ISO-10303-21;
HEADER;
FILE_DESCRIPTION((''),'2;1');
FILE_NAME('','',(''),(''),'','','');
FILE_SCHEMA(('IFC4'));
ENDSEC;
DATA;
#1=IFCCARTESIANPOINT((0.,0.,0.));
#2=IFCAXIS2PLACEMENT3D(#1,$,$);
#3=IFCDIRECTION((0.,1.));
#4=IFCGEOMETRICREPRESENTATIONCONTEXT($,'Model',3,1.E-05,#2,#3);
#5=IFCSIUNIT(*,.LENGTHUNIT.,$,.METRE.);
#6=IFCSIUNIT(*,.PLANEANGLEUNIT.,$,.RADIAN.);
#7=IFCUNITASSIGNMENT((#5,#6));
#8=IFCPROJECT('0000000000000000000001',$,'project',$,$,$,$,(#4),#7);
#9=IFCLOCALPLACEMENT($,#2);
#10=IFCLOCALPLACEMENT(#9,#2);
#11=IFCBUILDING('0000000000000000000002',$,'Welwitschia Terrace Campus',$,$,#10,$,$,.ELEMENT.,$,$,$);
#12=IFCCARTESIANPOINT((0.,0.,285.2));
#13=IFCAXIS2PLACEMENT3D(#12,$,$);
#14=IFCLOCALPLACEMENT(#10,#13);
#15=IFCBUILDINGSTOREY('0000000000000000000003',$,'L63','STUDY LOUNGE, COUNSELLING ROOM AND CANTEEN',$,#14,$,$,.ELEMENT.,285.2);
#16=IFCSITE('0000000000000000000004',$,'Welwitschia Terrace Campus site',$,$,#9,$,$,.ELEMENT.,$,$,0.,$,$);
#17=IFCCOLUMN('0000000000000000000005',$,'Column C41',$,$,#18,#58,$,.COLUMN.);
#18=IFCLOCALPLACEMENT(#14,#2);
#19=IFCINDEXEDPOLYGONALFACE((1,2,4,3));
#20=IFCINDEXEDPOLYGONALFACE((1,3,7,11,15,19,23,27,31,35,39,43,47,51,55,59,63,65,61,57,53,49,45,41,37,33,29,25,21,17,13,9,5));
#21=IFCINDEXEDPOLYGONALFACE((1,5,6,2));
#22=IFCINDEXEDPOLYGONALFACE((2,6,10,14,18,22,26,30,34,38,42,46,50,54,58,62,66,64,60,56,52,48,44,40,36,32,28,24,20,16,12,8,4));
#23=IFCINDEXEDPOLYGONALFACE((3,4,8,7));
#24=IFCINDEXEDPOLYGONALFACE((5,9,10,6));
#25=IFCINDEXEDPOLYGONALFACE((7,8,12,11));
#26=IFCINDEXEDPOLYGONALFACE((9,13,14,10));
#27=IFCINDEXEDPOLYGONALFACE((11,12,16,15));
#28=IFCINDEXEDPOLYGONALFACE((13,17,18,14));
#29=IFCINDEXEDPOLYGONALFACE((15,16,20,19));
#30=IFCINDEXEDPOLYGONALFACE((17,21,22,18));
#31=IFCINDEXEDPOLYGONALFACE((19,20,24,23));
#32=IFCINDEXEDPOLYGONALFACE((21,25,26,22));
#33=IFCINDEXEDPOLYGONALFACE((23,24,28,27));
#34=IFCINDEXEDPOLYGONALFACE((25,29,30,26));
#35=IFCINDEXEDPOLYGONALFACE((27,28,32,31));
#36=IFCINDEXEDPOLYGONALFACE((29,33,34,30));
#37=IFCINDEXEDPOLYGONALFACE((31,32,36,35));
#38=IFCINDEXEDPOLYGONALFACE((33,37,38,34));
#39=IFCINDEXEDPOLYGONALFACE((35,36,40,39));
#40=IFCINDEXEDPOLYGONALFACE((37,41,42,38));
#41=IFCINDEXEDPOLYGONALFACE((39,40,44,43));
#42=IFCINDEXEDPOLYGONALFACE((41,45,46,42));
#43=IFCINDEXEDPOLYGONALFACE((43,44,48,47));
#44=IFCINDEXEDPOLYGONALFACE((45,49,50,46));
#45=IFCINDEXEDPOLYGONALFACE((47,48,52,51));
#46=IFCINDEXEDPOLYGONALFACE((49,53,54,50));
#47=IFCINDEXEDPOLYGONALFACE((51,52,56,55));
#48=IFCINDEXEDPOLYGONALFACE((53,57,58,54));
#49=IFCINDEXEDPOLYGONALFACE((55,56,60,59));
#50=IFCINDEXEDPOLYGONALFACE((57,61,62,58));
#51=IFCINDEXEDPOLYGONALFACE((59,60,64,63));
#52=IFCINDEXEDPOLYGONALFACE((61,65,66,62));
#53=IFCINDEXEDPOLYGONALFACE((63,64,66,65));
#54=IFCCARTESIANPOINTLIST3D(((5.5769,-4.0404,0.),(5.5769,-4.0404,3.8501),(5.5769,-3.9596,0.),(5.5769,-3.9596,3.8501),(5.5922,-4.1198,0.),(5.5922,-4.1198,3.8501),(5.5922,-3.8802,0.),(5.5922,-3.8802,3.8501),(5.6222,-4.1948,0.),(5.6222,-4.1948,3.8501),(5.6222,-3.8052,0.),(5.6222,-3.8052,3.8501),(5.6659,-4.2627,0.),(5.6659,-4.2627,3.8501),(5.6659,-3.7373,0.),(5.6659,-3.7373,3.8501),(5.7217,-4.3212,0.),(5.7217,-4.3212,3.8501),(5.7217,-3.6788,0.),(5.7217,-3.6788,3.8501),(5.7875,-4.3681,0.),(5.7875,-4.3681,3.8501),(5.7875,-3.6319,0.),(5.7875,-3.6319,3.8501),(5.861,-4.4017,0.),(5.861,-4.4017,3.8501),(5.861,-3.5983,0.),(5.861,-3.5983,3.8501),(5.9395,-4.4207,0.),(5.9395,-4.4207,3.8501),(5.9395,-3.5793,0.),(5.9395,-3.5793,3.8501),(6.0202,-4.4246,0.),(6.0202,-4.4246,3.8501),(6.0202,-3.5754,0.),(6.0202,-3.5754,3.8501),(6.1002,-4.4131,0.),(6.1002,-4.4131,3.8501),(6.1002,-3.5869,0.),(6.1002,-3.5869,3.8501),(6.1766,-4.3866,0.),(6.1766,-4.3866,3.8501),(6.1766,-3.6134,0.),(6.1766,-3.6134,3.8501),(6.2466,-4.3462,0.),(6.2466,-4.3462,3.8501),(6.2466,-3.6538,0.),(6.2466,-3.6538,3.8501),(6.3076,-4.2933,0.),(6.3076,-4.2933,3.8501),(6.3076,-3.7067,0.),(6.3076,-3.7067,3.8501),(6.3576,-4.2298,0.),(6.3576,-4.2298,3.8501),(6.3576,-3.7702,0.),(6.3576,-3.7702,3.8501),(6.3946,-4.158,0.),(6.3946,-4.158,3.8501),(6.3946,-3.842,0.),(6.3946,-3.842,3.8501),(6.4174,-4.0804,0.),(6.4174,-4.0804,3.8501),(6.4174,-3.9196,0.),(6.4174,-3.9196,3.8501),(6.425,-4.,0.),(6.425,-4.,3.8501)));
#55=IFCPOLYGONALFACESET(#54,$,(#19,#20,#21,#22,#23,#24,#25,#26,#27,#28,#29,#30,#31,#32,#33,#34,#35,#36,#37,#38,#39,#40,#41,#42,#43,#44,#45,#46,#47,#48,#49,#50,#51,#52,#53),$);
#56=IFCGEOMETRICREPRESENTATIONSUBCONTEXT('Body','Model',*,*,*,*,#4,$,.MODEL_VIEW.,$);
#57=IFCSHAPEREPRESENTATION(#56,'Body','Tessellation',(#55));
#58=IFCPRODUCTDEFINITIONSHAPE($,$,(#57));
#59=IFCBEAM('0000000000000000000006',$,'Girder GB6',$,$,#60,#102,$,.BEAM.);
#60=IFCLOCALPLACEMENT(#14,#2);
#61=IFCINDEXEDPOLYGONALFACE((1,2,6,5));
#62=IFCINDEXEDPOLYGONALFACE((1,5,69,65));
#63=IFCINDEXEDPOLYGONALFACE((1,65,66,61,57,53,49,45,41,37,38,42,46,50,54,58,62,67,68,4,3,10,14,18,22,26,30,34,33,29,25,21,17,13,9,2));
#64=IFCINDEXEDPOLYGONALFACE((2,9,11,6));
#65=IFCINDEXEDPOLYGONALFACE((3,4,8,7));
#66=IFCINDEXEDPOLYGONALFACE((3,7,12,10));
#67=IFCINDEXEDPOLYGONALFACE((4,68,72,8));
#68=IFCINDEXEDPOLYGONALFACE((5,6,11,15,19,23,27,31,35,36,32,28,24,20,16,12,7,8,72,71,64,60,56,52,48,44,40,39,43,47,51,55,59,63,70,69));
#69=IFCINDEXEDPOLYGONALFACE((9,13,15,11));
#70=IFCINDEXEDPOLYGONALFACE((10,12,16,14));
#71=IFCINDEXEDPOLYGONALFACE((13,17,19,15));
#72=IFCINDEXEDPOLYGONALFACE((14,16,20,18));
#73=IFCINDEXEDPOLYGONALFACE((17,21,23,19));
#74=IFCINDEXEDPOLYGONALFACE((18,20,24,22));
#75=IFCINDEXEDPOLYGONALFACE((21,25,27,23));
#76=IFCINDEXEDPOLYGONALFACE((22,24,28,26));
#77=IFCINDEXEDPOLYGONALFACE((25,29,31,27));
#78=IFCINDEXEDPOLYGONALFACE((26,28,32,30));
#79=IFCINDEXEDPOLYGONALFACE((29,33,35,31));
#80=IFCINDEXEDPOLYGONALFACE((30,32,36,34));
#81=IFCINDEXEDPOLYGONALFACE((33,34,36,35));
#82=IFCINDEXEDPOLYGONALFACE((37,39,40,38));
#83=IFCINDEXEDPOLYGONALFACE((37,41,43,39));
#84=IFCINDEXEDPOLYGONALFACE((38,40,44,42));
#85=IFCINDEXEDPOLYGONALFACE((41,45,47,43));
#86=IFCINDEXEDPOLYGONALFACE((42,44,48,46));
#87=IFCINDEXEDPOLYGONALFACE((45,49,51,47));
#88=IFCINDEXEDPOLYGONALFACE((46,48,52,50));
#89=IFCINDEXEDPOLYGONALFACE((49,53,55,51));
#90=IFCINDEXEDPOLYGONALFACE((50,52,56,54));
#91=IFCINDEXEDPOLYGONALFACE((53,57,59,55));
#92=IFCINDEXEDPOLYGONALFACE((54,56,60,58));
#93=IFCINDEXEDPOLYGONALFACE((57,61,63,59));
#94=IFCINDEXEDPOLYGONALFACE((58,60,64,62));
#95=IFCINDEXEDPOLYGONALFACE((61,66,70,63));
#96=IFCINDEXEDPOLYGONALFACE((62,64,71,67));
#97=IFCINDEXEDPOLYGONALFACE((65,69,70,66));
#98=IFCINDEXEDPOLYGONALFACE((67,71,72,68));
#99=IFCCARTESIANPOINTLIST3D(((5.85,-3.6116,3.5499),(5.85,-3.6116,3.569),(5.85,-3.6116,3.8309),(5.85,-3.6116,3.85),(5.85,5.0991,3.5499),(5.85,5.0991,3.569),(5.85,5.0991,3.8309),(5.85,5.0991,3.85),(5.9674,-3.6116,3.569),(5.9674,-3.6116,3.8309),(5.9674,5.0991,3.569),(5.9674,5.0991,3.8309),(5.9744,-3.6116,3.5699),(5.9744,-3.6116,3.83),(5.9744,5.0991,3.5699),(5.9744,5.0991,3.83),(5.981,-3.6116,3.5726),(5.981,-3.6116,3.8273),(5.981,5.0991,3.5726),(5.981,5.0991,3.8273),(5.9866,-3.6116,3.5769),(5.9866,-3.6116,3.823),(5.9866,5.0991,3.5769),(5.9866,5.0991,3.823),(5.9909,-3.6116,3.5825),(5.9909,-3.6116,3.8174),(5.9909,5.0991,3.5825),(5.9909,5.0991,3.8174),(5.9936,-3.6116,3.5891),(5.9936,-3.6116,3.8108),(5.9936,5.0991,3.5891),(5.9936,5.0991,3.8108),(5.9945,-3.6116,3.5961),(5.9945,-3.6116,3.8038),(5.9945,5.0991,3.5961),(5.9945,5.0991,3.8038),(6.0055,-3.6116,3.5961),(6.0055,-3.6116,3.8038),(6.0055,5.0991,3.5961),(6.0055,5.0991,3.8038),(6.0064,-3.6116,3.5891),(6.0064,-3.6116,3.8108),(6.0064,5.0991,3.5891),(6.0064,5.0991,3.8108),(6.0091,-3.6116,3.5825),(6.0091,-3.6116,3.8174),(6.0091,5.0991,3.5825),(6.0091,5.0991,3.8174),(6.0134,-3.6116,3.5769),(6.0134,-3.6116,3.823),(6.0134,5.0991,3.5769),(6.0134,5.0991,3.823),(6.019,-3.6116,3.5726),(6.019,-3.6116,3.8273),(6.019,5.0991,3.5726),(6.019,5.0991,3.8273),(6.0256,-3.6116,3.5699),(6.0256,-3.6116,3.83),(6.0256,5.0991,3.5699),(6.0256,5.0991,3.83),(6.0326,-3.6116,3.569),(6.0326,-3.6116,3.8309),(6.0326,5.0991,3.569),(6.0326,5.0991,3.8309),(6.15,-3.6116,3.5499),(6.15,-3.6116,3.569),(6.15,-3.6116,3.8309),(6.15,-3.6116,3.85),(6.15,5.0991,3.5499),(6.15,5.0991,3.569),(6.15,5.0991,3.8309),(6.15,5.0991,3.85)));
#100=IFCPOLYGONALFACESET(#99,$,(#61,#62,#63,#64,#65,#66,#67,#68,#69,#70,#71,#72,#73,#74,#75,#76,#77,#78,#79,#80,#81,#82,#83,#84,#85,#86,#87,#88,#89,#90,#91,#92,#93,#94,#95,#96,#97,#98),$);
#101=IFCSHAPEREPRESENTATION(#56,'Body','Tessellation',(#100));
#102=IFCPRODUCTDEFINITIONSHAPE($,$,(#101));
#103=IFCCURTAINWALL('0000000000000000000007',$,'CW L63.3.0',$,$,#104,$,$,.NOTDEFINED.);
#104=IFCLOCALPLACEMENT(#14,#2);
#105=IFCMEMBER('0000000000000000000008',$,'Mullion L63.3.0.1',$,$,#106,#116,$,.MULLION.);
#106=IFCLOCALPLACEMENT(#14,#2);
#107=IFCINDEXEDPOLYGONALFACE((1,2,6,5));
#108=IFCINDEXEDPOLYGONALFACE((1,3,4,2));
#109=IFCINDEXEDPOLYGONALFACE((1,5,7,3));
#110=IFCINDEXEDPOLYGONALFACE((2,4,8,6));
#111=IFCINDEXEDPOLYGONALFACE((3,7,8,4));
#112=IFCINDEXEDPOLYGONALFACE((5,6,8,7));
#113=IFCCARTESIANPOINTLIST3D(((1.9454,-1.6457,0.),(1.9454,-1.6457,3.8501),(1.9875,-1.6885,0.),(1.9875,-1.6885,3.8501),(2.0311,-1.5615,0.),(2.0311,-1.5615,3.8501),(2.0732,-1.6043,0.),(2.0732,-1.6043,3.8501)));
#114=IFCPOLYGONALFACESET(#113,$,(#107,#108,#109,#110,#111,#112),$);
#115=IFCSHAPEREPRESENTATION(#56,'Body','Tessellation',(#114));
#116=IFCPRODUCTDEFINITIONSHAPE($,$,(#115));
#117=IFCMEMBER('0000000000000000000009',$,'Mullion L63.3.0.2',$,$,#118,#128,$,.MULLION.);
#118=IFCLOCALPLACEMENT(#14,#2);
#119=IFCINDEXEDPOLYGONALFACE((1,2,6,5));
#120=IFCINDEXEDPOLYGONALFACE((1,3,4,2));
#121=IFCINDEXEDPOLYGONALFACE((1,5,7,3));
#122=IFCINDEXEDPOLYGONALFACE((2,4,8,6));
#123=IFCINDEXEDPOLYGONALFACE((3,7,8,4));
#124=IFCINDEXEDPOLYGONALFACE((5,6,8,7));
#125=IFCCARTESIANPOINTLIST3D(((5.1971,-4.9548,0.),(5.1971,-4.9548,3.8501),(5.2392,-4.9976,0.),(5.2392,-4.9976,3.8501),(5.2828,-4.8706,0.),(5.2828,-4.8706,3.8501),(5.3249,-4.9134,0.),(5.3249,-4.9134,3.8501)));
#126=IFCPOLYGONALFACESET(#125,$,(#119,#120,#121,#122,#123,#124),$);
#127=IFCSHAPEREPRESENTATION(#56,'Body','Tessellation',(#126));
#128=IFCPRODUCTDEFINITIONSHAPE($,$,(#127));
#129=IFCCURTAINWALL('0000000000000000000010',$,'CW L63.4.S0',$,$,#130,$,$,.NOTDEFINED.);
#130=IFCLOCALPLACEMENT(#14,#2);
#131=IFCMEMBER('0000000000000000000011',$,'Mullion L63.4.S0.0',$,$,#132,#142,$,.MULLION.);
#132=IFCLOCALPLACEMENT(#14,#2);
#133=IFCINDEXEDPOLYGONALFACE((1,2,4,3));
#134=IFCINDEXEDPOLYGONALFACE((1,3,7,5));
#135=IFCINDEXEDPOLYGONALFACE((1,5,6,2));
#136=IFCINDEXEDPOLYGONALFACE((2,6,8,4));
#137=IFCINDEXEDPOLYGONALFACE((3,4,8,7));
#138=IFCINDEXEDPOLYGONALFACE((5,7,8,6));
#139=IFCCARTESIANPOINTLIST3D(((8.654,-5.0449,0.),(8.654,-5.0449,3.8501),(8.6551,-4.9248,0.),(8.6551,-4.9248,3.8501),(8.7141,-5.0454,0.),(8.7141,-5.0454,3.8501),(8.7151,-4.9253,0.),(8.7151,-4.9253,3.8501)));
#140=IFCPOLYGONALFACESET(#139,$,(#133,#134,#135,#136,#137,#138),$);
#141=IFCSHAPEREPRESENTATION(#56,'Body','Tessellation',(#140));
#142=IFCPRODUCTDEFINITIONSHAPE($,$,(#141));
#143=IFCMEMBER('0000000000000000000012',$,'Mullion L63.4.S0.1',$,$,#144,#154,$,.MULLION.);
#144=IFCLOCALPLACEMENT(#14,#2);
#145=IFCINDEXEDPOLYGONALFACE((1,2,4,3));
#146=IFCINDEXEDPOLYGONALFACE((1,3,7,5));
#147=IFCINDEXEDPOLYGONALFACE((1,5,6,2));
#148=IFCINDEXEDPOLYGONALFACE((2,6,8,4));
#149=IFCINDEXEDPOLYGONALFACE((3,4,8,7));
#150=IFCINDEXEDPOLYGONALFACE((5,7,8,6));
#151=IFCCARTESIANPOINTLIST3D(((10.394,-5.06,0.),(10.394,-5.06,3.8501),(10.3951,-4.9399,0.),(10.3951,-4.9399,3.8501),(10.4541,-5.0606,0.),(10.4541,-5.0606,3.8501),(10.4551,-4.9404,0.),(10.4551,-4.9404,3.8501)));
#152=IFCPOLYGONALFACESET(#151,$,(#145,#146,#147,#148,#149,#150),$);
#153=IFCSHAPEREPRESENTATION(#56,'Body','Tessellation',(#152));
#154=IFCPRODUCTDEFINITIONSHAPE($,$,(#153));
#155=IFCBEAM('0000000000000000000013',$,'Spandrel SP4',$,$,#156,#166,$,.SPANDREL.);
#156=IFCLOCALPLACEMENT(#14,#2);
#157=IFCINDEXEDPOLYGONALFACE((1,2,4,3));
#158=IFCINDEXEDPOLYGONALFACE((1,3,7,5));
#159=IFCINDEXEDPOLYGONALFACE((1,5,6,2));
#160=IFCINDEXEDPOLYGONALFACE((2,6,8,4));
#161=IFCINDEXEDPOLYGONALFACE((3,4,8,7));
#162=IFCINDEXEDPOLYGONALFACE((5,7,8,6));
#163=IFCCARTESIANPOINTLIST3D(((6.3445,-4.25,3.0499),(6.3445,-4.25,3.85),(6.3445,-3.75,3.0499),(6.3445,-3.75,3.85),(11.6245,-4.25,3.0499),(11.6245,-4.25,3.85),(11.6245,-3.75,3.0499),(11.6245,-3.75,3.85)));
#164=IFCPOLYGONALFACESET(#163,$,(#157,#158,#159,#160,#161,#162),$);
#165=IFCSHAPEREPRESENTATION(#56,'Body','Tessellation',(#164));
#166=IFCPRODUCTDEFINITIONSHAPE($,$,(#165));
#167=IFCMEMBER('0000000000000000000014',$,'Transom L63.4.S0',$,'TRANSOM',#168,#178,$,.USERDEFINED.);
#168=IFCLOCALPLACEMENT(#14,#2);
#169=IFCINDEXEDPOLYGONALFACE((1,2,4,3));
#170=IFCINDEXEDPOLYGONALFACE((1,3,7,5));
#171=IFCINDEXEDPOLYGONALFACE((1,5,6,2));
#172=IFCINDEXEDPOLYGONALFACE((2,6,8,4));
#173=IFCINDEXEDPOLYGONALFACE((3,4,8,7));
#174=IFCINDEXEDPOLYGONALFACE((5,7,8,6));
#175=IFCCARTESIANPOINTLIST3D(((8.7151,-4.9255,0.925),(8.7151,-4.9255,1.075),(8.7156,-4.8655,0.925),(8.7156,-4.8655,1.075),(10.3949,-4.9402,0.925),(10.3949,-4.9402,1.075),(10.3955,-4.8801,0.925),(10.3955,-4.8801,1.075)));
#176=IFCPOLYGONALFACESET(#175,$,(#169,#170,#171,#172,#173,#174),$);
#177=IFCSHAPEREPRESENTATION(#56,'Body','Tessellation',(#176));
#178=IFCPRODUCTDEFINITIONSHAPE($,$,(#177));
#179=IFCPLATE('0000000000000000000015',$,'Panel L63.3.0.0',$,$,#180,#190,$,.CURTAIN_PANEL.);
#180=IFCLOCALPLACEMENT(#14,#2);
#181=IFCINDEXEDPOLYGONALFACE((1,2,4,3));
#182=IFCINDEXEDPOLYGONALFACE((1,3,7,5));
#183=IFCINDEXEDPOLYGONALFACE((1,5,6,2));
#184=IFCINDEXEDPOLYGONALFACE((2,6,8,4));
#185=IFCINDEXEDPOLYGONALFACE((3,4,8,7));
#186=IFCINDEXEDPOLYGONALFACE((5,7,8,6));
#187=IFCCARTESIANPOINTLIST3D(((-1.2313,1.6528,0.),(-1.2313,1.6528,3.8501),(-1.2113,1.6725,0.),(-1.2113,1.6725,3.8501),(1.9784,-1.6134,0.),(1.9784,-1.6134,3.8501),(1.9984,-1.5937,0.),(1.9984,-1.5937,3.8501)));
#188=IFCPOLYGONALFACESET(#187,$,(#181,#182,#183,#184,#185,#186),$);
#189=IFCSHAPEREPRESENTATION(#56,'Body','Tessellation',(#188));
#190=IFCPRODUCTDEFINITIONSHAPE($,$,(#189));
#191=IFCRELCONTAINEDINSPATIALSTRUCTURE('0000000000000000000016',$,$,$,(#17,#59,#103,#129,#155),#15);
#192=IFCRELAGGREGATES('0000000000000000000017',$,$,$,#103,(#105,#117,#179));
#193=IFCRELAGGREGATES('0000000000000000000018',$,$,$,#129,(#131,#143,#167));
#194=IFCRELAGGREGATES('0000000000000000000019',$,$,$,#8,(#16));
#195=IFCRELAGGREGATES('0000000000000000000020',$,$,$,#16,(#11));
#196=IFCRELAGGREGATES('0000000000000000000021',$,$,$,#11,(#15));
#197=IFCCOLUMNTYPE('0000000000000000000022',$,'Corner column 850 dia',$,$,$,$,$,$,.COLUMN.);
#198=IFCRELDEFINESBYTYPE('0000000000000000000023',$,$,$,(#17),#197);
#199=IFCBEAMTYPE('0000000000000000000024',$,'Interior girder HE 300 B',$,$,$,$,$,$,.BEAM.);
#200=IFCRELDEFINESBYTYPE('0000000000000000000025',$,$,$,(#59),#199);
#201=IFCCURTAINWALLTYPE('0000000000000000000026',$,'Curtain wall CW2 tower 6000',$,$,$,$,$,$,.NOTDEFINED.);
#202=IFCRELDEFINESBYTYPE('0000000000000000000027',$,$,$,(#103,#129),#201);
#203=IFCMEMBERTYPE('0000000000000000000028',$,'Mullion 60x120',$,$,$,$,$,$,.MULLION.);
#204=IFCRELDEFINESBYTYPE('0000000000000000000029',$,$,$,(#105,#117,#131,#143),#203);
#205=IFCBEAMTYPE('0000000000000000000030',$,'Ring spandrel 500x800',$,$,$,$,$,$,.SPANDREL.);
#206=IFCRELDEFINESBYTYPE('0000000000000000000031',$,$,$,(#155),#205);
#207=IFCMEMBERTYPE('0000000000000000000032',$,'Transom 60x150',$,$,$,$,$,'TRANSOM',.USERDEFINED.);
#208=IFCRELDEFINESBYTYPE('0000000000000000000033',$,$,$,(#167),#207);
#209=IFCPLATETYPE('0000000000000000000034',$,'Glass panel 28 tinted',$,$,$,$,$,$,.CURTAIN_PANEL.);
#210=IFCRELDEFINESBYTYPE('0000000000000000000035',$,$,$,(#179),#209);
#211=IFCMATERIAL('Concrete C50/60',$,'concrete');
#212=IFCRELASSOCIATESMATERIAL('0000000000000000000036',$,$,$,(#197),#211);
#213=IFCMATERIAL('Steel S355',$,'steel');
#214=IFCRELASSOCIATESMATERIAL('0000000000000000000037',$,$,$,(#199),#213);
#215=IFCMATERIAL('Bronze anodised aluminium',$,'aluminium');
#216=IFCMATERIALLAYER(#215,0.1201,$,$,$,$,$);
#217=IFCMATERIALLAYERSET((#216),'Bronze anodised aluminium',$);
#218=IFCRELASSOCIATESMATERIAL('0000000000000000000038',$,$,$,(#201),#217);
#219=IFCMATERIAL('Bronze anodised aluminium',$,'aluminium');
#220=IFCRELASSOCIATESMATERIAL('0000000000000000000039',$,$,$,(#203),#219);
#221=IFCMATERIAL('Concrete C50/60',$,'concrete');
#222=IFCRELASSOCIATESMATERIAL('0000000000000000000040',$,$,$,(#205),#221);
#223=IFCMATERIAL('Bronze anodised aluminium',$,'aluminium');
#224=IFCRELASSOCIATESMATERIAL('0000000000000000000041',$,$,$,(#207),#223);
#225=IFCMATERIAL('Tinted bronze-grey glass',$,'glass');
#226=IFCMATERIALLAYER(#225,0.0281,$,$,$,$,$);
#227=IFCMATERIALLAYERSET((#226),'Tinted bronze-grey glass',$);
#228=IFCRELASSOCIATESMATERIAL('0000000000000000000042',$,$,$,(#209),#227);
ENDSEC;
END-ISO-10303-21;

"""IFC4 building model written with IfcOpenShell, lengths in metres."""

from ifc_helpers import new_model, si_unit, direction, frame, origin, origin_2d, place, context, subcontext, project, spatial, rectangle, circle, i_section, extrude, material, layer, layer_set, material_profile, profile_set, type_object, element, aggregate, save


model = new_model("IFC4")

# Units and contexts
model_context = context("Model", 3, precision=1e-05, world=origin(), true_north=direction((0.0, 1.0)))
body_context = subcontext(model_context, "Body", "Model", "MODEL_VIEW")
ifc_project = project(units=[si_unit("LENGTHUNIT", "METRE"), si_unit("PLANEANGLEUNIT", "RADIAN")], contexts=[model_context])

# Site, building, storey
site_placement = place(None, origin())
site = spatial("IfcSite", under=ifc_project, at=site_placement, Name="Welwitschia Terrace Campus site", CompositionType="ELEMENT", RefElevation=0.0)
building_placement = place(site_placement, origin())
building = spatial("IfcBuilding", under=site, at=building_placement, Name="Welwitschia Terrace Campus", CompositionType="ELEMENT")
storey_placement = place(building_placement, frame((0.0, 0.0, 285.2)))
storey = spatial("IfcBuildingStorey", under=building, at=storey_placement, Name="L63", Description="STUDY LOUNGE, COUNSELLING ROOM AND CANTEEN", CompositionType="ELEMENT", Elevation=285.2)

# Column
ifc_material_1 = material(Name="Concrete C50/60", Category="concrete")
ifc_material_profile_1 = material_profile(ifc_material_1, circle(Radius=0.425, at=origin_2d()))
ifc_profile_set_1 = profile_set([ifc_material_profile_1], Name="Concrete C50/60")
column_type = type_object("IfcColumnType", Name="Corner column 850 dia", PredefinedType="COLUMN", material=ifc_profile_set_1)
column_placement = place(storey_placement, frame((6.0, -4.0, 0.0), z_axis=(0.0, 0.0, 1.0), x_axis=(1.0, 0.0, 0.0)))
element("IfcColumn", 1, at=column_placement, inside=storey, type_object=column_type, Name="Column C41", PredefinedType="COLUMN", context=body_context, shape_type="SweptSolid", body=[
    extrude(circle(Radius=0.425, at=origin_2d()), origin(), (0.0, 0.0, 1.0), 3.8501),
])

# Beam
ifc_material_2 = material(Name="Steel S355", Category="steel")
ifc_material_profile_2 = material_profile(ifc_material_2, i_section(OverallWidth=0.3, OverallDepth=0.3, WebThickness=0.011, FlangeThickness=0.019, FilletRadius=0.0271, at=origin_2d()))
ifc_profile_set_2 = profile_set([ifc_material_profile_2], Name="Steel S355")
beam_type_1 = type_object("IfcBeamType", Name="Interior girder HE 300 B", PredefinedType="BEAM", material=ifc_profile_set_2)
beam_1_placement = place(storey_placement, frame((6.0, -3.6116, 3.7), z_axis=(0.0, 1.0, 0.0), x_axis=(-1.0, 0.0, 0.0)))
element("IfcBeam", 2, at=beam_1_placement, inside=storey, type_object=beam_type_1, Name="Girder GB6", PredefinedType="BEAM", context=body_context, shape_type="SweptSolid", body=[
    extrude(i_section(OverallWidth=0.3, OverallDepth=0.3, WebThickness=0.011, FlangeThickness=0.019, FilletRadius=0.0271, at=origin_2d()), origin(), (0.0, 0.0, 1.0), 8.7107),
])

# Curtain walls, members
ifc_material_3 = material(Name="Bronze anodised aluminium", Category="aluminium")
ifc_layer_1 = layer(ifc_material_3, 0.1201)
ifc_layer_set_1 = layer_set([ifc_layer_1], Name="Bronze anodised aluminium")
curtain_wall_type = type_object("IfcCurtainWallType", Name="Curtain wall CW2 tower 6000", PredefinedType="NOTDEFINED", material=ifc_layer_set_1)
curtain_wall_1_placement = place(storey_placement, origin())
curtain_wall_1 = element("IfcCurtainWall", 3, at=curtain_wall_1_placement, inside=storey, type_object=curtain_wall_type, Name="CW L63.3.0", PredefinedType="NOTDEFINED")
ifc_material_4 = material(Name="Bronze anodised aluminium", Category="aluminium")
ifc_material_profile_3 = material_profile(ifc_material_4, rectangle(XDim=0.1201, YDim=0.0601, at=origin_2d()))
ifc_profile_set_3 = profile_set([ifc_material_profile_3], Name="Bronze anodised aluminium")
member_type_1 = type_object("IfcMemberType", Name="Mullion 60x120", PredefinedType="MULLION", material=ifc_profile_set_3)
member_1_placement = place(storey_placement, frame((2.0093, -1.625, 0.0), z_axis=(0.0, 0.0, 1.0), x_axis=(0.71325, 0.700909, 0.0)))
member_1 = element("IfcMember", 4, at=member_1_placement, type_object=member_type_1, Name="Mullion L63.3.0.1", PredefinedType="MULLION", context=body_context, shape_type="SweptSolid", body=[
    extrude(rectangle(XDim=0.1201, YDim=0.0601, at=origin_2d()), origin(), (0.0, 0.0, 1.0), 3.8501),
])
member_2_placement = place(storey_placement, frame((5.261, -4.9341, 0.0), z_axis=(0.0, 0.0, 1.0), x_axis=(0.71325, 0.700909, 0.0)))
member_2 = element("IfcMember", 5, at=member_2_placement, type_object=member_type_1, Name="Mullion L63.3.0.2", PredefinedType="MULLION", context=body_context, shape_type="SweptSolid", body=[
    extrude(rectangle(XDim=0.1201, YDim=0.0601, at=origin_2d()), origin(), (0.0, 0.0, 1.0), 3.8501),
])
curtain_wall_2_placement = place(storey_placement, origin())
curtain_wall_2 = element("IfcCurtainWall", 6, at=curtain_wall_2_placement, inside=storey, type_object=curtain_wall_type, Name="CW L63.4.S0", PredefinedType="NOTDEFINED")
member_3_placement = place(storey_placement, frame((8.6846, -4.9851, 0.0), z_axis=(0.0, 0.0, 1.0), x_axis=(0.008727, 0.999962, 0.0)))
member_3 = element("IfcMember", 7, at=member_3_placement, type_object=member_type_1, Name="Mullion L63.4.S0.0", PredefinedType="MULLION", context=body_context, shape_type="SweptSolid", body=[
    extrude(rectangle(XDim=0.1201, YDim=0.0601, at=origin_2d()), origin(), (0.0, 0.0, 1.0), 3.8501),
])
member_4_placement = place(storey_placement, frame((10.4246, -5.0002, 0.0), z_axis=(0.0, 0.0, 1.0), x_axis=(0.008727, 0.999962, 0.0)))
member_4 = element("IfcMember", 8, at=member_4_placement, type_object=member_type_1, Name="Mullion L63.4.S0.1", PredefinedType="MULLION", context=body_context, shape_type="SweptSolid", body=[
    extrude(rectangle(XDim=0.1201, YDim=0.0601, at=origin_2d()), origin(), (0.0, 0.0, 1.0), 3.8501),
])

# Beam
ifc_material_5 = material(Name="Concrete C50/60", Category="concrete")
ifc_material_profile_4 = material_profile(ifc_material_5, rectangle(XDim=0.5, YDim=0.8, at=origin_2d()))
ifc_profile_set_4 = profile_set([ifc_material_profile_4], Name="Concrete C50/60")
beam_type_2 = type_object("IfcBeamType", Name="Ring spandrel 500x800", PredefinedType="SPANDREL", material=ifc_profile_set_4)
beam_2_placement = place(storey_placement, frame((6.3445, -4.0, 3.45), z_axis=(1.0, 0.0, 0.0), x_axis=(0.0, 1.0, 0.0)))
element("IfcBeam", 9, at=beam_2_placement, inside=storey, type_object=beam_type_2, Name="Spandrel SP4", PredefinedType="SPANDREL", context=body_context, shape_type="SweptSolid", body=[
    extrude(rectangle(XDim=0.5, YDim=0.8, at=origin_2d()), origin(), (0.0, 0.0, 1.0), 5.28),
])

# Member
ifc_material_6 = material(Name="Bronze anodised aluminium", Category="aluminium")
ifc_material_profile_5 = material_profile(ifc_material_6, rectangle(XDim=0.0601, YDim=0.1499, at=origin_2d()))
ifc_profile_set_5 = profile_set([ifc_material_profile_5], Name="Bronze anodised aluminium")
member_type_2 = type_object("IfcMemberType", Name="Transom 60x150", ElementType="TRANSOM", PredefinedType="USERDEFINED", material=ifc_profile_set_5)
member_5_placement = place(storey_placement, frame((8.7153, -4.8955, 1.0), z_axis=(0.999962, -0.008719, 0.0), x_axis=(0.008719, 0.999962, 0.0)))
member_5 = element("IfcMember", 10, at=member_5_placement, type_object=member_type_2, Name="Transom L63.4.S0", ObjectType="TRANSOM", PredefinedType="USERDEFINED", context=body_context, shape_type="SweptSolid", body=[
    extrude(rectangle(XDim=0.0601, YDim=0.1499, at=origin_2d()), origin(), (0.0, 0.0, 1.0), 1.6799),
])

# Plate
ifc_material_7 = material(Name="Tinted bronze-grey glass", Category="glass")
ifc_layer_2 = layer(ifc_material_7, 0.0281)
ifc_layer_set_2 = layer_set([ifc_layer_2], Name="Tinted bronze-grey glass")
plate_type = type_object("IfcPlateType", Name="Glass panel 28 tinted", PredefinedType="CURTAIN_PANEL", material=ifc_layer_set_2)
plate_1_placement = place(storey_placement, frame((0.3835, 0.0295, 0.0), z_axis=(0.0, 0.0, 1.0), x_axis=(0.700909, -0.71325, 0.0)))
plate_1 = element("IfcPlate", 11, at=plate_1_placement, type_object=plate_type, Name="Panel L63.3.0.0", PredefinedType="CURTAIN_PANEL", context=body_context, shape_type="SweptSolid", body=[
    extrude(rectangle(XDim=4.5793, YDim=0.0281, at=origin_2d()), origin(), (0.0, 0.0, 1.0), 3.8501),
])
aggregate(curtain_wall_1, [member_1, member_2, plate_1])
aggregate(curtain_wall_2, [member_3, member_4, member_5])

save(model, "model.ifc")
